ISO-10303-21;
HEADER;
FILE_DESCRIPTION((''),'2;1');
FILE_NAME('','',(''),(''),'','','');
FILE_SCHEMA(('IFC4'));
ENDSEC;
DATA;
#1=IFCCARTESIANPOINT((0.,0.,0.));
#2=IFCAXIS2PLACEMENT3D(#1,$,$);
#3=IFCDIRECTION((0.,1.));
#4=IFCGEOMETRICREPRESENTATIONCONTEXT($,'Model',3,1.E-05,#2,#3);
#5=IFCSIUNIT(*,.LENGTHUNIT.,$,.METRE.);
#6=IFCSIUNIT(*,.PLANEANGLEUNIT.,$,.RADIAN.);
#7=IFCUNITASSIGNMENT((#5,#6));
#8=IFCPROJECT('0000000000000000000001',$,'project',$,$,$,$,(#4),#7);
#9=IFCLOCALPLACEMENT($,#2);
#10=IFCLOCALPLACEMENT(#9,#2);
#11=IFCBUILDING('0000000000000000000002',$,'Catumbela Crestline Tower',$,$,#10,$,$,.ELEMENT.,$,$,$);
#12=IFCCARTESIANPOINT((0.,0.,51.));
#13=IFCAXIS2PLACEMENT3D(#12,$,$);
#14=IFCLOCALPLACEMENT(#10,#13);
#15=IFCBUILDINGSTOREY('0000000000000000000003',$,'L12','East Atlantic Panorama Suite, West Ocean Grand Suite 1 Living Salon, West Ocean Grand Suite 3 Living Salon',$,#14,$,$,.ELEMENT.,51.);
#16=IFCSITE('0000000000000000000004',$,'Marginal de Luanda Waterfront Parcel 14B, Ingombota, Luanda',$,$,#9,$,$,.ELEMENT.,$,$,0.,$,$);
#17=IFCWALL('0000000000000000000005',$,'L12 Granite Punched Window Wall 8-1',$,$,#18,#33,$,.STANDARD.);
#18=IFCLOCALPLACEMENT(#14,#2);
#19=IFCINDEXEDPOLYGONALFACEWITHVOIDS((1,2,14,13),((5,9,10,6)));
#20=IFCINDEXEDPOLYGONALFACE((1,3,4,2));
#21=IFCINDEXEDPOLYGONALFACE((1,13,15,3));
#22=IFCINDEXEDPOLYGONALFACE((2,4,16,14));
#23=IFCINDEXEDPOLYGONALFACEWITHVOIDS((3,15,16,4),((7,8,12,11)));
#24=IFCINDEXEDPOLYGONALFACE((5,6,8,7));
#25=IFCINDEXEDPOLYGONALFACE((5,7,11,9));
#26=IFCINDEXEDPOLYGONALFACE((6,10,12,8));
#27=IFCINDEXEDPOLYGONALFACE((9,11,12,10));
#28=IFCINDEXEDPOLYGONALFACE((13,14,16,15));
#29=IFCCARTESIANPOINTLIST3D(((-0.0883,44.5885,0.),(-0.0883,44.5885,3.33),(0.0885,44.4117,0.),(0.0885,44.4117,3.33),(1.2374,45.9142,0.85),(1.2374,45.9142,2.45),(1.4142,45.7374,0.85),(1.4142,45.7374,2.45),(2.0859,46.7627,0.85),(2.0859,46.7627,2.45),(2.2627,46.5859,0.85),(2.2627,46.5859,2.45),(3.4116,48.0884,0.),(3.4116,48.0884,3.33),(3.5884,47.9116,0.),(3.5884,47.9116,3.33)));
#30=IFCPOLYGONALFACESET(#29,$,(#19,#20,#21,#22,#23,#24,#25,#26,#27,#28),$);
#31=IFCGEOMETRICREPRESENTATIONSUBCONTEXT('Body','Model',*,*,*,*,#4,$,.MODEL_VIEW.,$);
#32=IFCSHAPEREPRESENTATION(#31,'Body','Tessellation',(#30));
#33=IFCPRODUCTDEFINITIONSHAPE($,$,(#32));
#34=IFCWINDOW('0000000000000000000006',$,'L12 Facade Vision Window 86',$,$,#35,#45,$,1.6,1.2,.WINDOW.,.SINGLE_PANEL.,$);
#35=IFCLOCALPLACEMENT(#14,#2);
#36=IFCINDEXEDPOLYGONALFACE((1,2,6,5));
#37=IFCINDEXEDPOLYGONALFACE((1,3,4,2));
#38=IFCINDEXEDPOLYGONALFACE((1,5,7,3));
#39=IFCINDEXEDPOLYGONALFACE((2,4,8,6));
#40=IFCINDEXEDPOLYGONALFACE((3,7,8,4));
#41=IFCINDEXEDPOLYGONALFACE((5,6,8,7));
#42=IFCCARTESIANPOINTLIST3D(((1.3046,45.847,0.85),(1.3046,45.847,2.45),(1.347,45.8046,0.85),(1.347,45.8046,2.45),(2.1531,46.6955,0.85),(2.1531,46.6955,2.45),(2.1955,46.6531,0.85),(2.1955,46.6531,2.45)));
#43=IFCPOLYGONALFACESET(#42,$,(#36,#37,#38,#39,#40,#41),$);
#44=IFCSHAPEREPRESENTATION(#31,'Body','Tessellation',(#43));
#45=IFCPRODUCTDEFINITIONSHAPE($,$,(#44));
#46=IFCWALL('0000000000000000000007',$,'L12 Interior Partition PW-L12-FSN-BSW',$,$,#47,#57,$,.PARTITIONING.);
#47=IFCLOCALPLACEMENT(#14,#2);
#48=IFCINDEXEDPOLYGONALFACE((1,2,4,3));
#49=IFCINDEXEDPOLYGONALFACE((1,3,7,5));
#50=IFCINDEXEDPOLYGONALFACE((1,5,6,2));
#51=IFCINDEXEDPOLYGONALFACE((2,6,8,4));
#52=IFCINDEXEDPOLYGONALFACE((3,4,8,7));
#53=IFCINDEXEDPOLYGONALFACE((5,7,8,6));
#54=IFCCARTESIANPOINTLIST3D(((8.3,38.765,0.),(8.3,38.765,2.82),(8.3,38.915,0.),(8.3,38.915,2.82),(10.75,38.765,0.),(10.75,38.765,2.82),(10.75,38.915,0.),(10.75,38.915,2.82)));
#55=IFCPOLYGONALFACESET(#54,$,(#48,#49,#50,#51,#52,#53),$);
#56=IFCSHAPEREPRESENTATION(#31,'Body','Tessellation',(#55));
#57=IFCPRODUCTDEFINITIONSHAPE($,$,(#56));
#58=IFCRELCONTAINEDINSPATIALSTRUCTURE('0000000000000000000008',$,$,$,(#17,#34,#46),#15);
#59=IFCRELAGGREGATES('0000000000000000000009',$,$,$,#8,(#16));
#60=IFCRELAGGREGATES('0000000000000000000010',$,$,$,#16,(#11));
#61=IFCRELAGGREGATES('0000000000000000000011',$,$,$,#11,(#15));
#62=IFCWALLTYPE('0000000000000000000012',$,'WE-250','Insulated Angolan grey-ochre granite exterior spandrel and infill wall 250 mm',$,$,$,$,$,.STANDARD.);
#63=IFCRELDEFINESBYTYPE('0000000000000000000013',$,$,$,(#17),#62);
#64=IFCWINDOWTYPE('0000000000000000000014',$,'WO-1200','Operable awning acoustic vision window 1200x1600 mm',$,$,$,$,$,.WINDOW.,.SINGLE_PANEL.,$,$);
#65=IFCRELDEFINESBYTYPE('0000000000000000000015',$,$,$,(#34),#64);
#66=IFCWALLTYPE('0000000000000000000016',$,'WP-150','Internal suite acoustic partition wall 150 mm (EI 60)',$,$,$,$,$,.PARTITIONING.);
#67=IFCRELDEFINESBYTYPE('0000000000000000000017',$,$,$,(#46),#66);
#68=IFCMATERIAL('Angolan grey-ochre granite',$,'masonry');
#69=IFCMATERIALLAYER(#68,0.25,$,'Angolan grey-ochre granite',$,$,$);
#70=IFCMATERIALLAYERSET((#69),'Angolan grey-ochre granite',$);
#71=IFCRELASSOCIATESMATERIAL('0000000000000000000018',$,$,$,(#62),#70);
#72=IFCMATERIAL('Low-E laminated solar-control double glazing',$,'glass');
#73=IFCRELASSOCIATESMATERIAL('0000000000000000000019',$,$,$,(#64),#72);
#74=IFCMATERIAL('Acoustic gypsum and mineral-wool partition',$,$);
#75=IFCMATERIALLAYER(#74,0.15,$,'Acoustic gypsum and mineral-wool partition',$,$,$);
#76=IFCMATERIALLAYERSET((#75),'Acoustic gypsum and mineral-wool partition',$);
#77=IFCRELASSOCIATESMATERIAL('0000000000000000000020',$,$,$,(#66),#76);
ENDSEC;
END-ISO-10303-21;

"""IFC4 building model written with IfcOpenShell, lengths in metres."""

from ifc_helpers import new_model, si_unit, direction, frame, frame_2d, origin, place, context, subcontext, project, spatial, rectangle, extrude, material, layer, layer_set, type_object, element, fill, save


model = new_model("IFC4")

# Units and contexts
model_context = context("Model", 3, precision=1e-05, world=origin(), true_north=direction((0.0, 1.0)))
body_context = subcontext(model_context, "Body", "Model", "MODEL_VIEW")
ifc_project = project(units=[si_unit("LENGTHUNIT", "METRE"), si_unit("PLANEANGLEUNIT", "RADIAN")], contexts=[model_context])

# Site, building, storey
site_placement = place(None, origin())
site = spatial("IfcSite", under=ifc_project, at=site_placement, Name="Marginal de Luanda Waterfront Parcel 14B, Ingombota, Luanda", CompositionType="ELEMENT", RefElevation=0.0)
building_placement = place(site_placement, origin())
building = spatial("IfcBuilding", under=site, at=building_placement, Name="Catumbela Crestline Tower", CompositionType="ELEMENT")
storey_placement = place(building_placement, frame((0.0, 0.0, 51.0)))
storey = spatial("IfcBuildingStorey", under=building, at=storey_placement, Name="L12", Description="East Atlantic Panorama Suite, West Ocean Grand Suite 1 Living Salon, West Ocean Grand Suite 3 Living Salon", CompositionType="ELEMENT", Elevation=51.0)

# Shared definitions
ifc_material_1 = material(Name="Low-E laminated solar-control double glazing", Category="glass")

# Shared definitions
ifc_material_2 = material(Name="Acoustic gypsum and mineral-wool partition")

# Wall, opening, window
ifc_material_3 = material(Name="Angolan grey-ochre granite", Category="masonry")
ifc_layer_1 = layer(ifc_material_3, 0.25, Name="Angolan grey-ochre granite")
ifc_layer_set_1 = layer_set([ifc_layer_1], Name="Angolan grey-ochre granite")
wall_type_1 = type_object("IfcWallType", Name="WE-250", Description="Insulated Angolan grey-ochre granite exterior spandrel and infill wall 250 mm", PredefinedType="STANDARD", material=ifc_layer_set_1)
wall_1_placement = place(storey_placement, frame((3.5, 48.0, 0.0), z_axis=(0.0, 0.0, 1.0), x_axis=(-0.707107, -0.707107, 0.0)))
wall_1 = element("IfcWall", 1, at=wall_1_placement, inside=storey, type_object=wall_type_1, Name="L12 Granite Punched Window Wall 8-1", PredefinedType="STANDARD", context=body_context, shape_type="SweptSolid", body=[
    extrude(rectangle(XDim=4.9497, YDim=0.25, at=frame_2d((2.4748, 0.0))), origin(), (0.0, 0.0, 1.0), 3.33),
])
opening_1_placement = place(wall_1_placement, frame((1.8748, 0.0, 0.85)))
opening_1 = element("IfcOpeningElement", 2, at=opening_1_placement, cuts=wall_1, PredefinedType="OPENING", context=body_context, shape_type="SweptSolid", body=[
    extrude(rectangle(XDim=1.2, YDim=1.6, at=frame_2d((0.6, 0.8))), frame((0.0, 0.135, 0.0), z_axis=(0.0, -1.0, 0.0), x_axis=(1.0, 0.0, 0.0)), (0.0, 0.0, 1.0), 0.27),
])
window_type = type_object("IfcWindowType", Name="WO-1200", Description="Operable awning acoustic vision window 1200x1600 mm", PartitioningType="SINGLE_PANEL", PredefinedType="WINDOW", material=ifc_material_1)
window_placement = place(opening_1_placement, origin())
window = element("IfcWindow", 3, at=window_placement, inside=storey, type_object=window_type, Name="L12 Facade Vision Window 86", OverallHeight=1.6, OverallWidth=1.2, PartitioningType="SINGLE_PANEL", PredefinedType="WINDOW", context=body_context, shape_type="SweptSolid", body=[
    extrude(rectangle(XDim=1.2, YDim=1.6, at=frame_2d((0.6, 0.8))), frame((0.0, 0.03, 0.0), z_axis=(0.0, -1.0, 0.0), x_axis=(1.0, 0.0, 0.0)), (0.0, 0.0, 1.0), 0.06),
])
fill(opening_1, window)

# Wall
ifc_layer_2 = layer(ifc_material_2, 0.15, Name="Acoustic gypsum and mineral-wool partition")
ifc_layer_set_2 = layer_set([ifc_layer_2], Name="Acoustic gypsum and mineral-wool partition")
wall_type_2 = type_object("IfcWallType", Name="WP-150", Description="Internal suite acoustic partition wall 150 mm (EI 60)", PredefinedType="PARTITIONING", material=ifc_layer_set_2)
wall_2_placement = place(storey_placement, frame((8.3, 38.84, 0.0), z_axis=(0.0, 0.0, 1.0), x_axis=(1.0, 0.0, 0.0)))
element("IfcWall", 4, at=wall_2_placement, inside=storey, type_object=wall_type_2, Name="L12 Interior Partition PW-L12-FSN-BSW", PredefinedType="PARTITIONING", context=body_context, shape_type="SweptSolid", body=[
    extrude(rectangle(XDim=2.45, YDim=0.15, at=frame_2d((1.225, 0.0))), origin(), (0.0, 0.0, 1.0), 2.82),
])

save(model, "model.ifc")
